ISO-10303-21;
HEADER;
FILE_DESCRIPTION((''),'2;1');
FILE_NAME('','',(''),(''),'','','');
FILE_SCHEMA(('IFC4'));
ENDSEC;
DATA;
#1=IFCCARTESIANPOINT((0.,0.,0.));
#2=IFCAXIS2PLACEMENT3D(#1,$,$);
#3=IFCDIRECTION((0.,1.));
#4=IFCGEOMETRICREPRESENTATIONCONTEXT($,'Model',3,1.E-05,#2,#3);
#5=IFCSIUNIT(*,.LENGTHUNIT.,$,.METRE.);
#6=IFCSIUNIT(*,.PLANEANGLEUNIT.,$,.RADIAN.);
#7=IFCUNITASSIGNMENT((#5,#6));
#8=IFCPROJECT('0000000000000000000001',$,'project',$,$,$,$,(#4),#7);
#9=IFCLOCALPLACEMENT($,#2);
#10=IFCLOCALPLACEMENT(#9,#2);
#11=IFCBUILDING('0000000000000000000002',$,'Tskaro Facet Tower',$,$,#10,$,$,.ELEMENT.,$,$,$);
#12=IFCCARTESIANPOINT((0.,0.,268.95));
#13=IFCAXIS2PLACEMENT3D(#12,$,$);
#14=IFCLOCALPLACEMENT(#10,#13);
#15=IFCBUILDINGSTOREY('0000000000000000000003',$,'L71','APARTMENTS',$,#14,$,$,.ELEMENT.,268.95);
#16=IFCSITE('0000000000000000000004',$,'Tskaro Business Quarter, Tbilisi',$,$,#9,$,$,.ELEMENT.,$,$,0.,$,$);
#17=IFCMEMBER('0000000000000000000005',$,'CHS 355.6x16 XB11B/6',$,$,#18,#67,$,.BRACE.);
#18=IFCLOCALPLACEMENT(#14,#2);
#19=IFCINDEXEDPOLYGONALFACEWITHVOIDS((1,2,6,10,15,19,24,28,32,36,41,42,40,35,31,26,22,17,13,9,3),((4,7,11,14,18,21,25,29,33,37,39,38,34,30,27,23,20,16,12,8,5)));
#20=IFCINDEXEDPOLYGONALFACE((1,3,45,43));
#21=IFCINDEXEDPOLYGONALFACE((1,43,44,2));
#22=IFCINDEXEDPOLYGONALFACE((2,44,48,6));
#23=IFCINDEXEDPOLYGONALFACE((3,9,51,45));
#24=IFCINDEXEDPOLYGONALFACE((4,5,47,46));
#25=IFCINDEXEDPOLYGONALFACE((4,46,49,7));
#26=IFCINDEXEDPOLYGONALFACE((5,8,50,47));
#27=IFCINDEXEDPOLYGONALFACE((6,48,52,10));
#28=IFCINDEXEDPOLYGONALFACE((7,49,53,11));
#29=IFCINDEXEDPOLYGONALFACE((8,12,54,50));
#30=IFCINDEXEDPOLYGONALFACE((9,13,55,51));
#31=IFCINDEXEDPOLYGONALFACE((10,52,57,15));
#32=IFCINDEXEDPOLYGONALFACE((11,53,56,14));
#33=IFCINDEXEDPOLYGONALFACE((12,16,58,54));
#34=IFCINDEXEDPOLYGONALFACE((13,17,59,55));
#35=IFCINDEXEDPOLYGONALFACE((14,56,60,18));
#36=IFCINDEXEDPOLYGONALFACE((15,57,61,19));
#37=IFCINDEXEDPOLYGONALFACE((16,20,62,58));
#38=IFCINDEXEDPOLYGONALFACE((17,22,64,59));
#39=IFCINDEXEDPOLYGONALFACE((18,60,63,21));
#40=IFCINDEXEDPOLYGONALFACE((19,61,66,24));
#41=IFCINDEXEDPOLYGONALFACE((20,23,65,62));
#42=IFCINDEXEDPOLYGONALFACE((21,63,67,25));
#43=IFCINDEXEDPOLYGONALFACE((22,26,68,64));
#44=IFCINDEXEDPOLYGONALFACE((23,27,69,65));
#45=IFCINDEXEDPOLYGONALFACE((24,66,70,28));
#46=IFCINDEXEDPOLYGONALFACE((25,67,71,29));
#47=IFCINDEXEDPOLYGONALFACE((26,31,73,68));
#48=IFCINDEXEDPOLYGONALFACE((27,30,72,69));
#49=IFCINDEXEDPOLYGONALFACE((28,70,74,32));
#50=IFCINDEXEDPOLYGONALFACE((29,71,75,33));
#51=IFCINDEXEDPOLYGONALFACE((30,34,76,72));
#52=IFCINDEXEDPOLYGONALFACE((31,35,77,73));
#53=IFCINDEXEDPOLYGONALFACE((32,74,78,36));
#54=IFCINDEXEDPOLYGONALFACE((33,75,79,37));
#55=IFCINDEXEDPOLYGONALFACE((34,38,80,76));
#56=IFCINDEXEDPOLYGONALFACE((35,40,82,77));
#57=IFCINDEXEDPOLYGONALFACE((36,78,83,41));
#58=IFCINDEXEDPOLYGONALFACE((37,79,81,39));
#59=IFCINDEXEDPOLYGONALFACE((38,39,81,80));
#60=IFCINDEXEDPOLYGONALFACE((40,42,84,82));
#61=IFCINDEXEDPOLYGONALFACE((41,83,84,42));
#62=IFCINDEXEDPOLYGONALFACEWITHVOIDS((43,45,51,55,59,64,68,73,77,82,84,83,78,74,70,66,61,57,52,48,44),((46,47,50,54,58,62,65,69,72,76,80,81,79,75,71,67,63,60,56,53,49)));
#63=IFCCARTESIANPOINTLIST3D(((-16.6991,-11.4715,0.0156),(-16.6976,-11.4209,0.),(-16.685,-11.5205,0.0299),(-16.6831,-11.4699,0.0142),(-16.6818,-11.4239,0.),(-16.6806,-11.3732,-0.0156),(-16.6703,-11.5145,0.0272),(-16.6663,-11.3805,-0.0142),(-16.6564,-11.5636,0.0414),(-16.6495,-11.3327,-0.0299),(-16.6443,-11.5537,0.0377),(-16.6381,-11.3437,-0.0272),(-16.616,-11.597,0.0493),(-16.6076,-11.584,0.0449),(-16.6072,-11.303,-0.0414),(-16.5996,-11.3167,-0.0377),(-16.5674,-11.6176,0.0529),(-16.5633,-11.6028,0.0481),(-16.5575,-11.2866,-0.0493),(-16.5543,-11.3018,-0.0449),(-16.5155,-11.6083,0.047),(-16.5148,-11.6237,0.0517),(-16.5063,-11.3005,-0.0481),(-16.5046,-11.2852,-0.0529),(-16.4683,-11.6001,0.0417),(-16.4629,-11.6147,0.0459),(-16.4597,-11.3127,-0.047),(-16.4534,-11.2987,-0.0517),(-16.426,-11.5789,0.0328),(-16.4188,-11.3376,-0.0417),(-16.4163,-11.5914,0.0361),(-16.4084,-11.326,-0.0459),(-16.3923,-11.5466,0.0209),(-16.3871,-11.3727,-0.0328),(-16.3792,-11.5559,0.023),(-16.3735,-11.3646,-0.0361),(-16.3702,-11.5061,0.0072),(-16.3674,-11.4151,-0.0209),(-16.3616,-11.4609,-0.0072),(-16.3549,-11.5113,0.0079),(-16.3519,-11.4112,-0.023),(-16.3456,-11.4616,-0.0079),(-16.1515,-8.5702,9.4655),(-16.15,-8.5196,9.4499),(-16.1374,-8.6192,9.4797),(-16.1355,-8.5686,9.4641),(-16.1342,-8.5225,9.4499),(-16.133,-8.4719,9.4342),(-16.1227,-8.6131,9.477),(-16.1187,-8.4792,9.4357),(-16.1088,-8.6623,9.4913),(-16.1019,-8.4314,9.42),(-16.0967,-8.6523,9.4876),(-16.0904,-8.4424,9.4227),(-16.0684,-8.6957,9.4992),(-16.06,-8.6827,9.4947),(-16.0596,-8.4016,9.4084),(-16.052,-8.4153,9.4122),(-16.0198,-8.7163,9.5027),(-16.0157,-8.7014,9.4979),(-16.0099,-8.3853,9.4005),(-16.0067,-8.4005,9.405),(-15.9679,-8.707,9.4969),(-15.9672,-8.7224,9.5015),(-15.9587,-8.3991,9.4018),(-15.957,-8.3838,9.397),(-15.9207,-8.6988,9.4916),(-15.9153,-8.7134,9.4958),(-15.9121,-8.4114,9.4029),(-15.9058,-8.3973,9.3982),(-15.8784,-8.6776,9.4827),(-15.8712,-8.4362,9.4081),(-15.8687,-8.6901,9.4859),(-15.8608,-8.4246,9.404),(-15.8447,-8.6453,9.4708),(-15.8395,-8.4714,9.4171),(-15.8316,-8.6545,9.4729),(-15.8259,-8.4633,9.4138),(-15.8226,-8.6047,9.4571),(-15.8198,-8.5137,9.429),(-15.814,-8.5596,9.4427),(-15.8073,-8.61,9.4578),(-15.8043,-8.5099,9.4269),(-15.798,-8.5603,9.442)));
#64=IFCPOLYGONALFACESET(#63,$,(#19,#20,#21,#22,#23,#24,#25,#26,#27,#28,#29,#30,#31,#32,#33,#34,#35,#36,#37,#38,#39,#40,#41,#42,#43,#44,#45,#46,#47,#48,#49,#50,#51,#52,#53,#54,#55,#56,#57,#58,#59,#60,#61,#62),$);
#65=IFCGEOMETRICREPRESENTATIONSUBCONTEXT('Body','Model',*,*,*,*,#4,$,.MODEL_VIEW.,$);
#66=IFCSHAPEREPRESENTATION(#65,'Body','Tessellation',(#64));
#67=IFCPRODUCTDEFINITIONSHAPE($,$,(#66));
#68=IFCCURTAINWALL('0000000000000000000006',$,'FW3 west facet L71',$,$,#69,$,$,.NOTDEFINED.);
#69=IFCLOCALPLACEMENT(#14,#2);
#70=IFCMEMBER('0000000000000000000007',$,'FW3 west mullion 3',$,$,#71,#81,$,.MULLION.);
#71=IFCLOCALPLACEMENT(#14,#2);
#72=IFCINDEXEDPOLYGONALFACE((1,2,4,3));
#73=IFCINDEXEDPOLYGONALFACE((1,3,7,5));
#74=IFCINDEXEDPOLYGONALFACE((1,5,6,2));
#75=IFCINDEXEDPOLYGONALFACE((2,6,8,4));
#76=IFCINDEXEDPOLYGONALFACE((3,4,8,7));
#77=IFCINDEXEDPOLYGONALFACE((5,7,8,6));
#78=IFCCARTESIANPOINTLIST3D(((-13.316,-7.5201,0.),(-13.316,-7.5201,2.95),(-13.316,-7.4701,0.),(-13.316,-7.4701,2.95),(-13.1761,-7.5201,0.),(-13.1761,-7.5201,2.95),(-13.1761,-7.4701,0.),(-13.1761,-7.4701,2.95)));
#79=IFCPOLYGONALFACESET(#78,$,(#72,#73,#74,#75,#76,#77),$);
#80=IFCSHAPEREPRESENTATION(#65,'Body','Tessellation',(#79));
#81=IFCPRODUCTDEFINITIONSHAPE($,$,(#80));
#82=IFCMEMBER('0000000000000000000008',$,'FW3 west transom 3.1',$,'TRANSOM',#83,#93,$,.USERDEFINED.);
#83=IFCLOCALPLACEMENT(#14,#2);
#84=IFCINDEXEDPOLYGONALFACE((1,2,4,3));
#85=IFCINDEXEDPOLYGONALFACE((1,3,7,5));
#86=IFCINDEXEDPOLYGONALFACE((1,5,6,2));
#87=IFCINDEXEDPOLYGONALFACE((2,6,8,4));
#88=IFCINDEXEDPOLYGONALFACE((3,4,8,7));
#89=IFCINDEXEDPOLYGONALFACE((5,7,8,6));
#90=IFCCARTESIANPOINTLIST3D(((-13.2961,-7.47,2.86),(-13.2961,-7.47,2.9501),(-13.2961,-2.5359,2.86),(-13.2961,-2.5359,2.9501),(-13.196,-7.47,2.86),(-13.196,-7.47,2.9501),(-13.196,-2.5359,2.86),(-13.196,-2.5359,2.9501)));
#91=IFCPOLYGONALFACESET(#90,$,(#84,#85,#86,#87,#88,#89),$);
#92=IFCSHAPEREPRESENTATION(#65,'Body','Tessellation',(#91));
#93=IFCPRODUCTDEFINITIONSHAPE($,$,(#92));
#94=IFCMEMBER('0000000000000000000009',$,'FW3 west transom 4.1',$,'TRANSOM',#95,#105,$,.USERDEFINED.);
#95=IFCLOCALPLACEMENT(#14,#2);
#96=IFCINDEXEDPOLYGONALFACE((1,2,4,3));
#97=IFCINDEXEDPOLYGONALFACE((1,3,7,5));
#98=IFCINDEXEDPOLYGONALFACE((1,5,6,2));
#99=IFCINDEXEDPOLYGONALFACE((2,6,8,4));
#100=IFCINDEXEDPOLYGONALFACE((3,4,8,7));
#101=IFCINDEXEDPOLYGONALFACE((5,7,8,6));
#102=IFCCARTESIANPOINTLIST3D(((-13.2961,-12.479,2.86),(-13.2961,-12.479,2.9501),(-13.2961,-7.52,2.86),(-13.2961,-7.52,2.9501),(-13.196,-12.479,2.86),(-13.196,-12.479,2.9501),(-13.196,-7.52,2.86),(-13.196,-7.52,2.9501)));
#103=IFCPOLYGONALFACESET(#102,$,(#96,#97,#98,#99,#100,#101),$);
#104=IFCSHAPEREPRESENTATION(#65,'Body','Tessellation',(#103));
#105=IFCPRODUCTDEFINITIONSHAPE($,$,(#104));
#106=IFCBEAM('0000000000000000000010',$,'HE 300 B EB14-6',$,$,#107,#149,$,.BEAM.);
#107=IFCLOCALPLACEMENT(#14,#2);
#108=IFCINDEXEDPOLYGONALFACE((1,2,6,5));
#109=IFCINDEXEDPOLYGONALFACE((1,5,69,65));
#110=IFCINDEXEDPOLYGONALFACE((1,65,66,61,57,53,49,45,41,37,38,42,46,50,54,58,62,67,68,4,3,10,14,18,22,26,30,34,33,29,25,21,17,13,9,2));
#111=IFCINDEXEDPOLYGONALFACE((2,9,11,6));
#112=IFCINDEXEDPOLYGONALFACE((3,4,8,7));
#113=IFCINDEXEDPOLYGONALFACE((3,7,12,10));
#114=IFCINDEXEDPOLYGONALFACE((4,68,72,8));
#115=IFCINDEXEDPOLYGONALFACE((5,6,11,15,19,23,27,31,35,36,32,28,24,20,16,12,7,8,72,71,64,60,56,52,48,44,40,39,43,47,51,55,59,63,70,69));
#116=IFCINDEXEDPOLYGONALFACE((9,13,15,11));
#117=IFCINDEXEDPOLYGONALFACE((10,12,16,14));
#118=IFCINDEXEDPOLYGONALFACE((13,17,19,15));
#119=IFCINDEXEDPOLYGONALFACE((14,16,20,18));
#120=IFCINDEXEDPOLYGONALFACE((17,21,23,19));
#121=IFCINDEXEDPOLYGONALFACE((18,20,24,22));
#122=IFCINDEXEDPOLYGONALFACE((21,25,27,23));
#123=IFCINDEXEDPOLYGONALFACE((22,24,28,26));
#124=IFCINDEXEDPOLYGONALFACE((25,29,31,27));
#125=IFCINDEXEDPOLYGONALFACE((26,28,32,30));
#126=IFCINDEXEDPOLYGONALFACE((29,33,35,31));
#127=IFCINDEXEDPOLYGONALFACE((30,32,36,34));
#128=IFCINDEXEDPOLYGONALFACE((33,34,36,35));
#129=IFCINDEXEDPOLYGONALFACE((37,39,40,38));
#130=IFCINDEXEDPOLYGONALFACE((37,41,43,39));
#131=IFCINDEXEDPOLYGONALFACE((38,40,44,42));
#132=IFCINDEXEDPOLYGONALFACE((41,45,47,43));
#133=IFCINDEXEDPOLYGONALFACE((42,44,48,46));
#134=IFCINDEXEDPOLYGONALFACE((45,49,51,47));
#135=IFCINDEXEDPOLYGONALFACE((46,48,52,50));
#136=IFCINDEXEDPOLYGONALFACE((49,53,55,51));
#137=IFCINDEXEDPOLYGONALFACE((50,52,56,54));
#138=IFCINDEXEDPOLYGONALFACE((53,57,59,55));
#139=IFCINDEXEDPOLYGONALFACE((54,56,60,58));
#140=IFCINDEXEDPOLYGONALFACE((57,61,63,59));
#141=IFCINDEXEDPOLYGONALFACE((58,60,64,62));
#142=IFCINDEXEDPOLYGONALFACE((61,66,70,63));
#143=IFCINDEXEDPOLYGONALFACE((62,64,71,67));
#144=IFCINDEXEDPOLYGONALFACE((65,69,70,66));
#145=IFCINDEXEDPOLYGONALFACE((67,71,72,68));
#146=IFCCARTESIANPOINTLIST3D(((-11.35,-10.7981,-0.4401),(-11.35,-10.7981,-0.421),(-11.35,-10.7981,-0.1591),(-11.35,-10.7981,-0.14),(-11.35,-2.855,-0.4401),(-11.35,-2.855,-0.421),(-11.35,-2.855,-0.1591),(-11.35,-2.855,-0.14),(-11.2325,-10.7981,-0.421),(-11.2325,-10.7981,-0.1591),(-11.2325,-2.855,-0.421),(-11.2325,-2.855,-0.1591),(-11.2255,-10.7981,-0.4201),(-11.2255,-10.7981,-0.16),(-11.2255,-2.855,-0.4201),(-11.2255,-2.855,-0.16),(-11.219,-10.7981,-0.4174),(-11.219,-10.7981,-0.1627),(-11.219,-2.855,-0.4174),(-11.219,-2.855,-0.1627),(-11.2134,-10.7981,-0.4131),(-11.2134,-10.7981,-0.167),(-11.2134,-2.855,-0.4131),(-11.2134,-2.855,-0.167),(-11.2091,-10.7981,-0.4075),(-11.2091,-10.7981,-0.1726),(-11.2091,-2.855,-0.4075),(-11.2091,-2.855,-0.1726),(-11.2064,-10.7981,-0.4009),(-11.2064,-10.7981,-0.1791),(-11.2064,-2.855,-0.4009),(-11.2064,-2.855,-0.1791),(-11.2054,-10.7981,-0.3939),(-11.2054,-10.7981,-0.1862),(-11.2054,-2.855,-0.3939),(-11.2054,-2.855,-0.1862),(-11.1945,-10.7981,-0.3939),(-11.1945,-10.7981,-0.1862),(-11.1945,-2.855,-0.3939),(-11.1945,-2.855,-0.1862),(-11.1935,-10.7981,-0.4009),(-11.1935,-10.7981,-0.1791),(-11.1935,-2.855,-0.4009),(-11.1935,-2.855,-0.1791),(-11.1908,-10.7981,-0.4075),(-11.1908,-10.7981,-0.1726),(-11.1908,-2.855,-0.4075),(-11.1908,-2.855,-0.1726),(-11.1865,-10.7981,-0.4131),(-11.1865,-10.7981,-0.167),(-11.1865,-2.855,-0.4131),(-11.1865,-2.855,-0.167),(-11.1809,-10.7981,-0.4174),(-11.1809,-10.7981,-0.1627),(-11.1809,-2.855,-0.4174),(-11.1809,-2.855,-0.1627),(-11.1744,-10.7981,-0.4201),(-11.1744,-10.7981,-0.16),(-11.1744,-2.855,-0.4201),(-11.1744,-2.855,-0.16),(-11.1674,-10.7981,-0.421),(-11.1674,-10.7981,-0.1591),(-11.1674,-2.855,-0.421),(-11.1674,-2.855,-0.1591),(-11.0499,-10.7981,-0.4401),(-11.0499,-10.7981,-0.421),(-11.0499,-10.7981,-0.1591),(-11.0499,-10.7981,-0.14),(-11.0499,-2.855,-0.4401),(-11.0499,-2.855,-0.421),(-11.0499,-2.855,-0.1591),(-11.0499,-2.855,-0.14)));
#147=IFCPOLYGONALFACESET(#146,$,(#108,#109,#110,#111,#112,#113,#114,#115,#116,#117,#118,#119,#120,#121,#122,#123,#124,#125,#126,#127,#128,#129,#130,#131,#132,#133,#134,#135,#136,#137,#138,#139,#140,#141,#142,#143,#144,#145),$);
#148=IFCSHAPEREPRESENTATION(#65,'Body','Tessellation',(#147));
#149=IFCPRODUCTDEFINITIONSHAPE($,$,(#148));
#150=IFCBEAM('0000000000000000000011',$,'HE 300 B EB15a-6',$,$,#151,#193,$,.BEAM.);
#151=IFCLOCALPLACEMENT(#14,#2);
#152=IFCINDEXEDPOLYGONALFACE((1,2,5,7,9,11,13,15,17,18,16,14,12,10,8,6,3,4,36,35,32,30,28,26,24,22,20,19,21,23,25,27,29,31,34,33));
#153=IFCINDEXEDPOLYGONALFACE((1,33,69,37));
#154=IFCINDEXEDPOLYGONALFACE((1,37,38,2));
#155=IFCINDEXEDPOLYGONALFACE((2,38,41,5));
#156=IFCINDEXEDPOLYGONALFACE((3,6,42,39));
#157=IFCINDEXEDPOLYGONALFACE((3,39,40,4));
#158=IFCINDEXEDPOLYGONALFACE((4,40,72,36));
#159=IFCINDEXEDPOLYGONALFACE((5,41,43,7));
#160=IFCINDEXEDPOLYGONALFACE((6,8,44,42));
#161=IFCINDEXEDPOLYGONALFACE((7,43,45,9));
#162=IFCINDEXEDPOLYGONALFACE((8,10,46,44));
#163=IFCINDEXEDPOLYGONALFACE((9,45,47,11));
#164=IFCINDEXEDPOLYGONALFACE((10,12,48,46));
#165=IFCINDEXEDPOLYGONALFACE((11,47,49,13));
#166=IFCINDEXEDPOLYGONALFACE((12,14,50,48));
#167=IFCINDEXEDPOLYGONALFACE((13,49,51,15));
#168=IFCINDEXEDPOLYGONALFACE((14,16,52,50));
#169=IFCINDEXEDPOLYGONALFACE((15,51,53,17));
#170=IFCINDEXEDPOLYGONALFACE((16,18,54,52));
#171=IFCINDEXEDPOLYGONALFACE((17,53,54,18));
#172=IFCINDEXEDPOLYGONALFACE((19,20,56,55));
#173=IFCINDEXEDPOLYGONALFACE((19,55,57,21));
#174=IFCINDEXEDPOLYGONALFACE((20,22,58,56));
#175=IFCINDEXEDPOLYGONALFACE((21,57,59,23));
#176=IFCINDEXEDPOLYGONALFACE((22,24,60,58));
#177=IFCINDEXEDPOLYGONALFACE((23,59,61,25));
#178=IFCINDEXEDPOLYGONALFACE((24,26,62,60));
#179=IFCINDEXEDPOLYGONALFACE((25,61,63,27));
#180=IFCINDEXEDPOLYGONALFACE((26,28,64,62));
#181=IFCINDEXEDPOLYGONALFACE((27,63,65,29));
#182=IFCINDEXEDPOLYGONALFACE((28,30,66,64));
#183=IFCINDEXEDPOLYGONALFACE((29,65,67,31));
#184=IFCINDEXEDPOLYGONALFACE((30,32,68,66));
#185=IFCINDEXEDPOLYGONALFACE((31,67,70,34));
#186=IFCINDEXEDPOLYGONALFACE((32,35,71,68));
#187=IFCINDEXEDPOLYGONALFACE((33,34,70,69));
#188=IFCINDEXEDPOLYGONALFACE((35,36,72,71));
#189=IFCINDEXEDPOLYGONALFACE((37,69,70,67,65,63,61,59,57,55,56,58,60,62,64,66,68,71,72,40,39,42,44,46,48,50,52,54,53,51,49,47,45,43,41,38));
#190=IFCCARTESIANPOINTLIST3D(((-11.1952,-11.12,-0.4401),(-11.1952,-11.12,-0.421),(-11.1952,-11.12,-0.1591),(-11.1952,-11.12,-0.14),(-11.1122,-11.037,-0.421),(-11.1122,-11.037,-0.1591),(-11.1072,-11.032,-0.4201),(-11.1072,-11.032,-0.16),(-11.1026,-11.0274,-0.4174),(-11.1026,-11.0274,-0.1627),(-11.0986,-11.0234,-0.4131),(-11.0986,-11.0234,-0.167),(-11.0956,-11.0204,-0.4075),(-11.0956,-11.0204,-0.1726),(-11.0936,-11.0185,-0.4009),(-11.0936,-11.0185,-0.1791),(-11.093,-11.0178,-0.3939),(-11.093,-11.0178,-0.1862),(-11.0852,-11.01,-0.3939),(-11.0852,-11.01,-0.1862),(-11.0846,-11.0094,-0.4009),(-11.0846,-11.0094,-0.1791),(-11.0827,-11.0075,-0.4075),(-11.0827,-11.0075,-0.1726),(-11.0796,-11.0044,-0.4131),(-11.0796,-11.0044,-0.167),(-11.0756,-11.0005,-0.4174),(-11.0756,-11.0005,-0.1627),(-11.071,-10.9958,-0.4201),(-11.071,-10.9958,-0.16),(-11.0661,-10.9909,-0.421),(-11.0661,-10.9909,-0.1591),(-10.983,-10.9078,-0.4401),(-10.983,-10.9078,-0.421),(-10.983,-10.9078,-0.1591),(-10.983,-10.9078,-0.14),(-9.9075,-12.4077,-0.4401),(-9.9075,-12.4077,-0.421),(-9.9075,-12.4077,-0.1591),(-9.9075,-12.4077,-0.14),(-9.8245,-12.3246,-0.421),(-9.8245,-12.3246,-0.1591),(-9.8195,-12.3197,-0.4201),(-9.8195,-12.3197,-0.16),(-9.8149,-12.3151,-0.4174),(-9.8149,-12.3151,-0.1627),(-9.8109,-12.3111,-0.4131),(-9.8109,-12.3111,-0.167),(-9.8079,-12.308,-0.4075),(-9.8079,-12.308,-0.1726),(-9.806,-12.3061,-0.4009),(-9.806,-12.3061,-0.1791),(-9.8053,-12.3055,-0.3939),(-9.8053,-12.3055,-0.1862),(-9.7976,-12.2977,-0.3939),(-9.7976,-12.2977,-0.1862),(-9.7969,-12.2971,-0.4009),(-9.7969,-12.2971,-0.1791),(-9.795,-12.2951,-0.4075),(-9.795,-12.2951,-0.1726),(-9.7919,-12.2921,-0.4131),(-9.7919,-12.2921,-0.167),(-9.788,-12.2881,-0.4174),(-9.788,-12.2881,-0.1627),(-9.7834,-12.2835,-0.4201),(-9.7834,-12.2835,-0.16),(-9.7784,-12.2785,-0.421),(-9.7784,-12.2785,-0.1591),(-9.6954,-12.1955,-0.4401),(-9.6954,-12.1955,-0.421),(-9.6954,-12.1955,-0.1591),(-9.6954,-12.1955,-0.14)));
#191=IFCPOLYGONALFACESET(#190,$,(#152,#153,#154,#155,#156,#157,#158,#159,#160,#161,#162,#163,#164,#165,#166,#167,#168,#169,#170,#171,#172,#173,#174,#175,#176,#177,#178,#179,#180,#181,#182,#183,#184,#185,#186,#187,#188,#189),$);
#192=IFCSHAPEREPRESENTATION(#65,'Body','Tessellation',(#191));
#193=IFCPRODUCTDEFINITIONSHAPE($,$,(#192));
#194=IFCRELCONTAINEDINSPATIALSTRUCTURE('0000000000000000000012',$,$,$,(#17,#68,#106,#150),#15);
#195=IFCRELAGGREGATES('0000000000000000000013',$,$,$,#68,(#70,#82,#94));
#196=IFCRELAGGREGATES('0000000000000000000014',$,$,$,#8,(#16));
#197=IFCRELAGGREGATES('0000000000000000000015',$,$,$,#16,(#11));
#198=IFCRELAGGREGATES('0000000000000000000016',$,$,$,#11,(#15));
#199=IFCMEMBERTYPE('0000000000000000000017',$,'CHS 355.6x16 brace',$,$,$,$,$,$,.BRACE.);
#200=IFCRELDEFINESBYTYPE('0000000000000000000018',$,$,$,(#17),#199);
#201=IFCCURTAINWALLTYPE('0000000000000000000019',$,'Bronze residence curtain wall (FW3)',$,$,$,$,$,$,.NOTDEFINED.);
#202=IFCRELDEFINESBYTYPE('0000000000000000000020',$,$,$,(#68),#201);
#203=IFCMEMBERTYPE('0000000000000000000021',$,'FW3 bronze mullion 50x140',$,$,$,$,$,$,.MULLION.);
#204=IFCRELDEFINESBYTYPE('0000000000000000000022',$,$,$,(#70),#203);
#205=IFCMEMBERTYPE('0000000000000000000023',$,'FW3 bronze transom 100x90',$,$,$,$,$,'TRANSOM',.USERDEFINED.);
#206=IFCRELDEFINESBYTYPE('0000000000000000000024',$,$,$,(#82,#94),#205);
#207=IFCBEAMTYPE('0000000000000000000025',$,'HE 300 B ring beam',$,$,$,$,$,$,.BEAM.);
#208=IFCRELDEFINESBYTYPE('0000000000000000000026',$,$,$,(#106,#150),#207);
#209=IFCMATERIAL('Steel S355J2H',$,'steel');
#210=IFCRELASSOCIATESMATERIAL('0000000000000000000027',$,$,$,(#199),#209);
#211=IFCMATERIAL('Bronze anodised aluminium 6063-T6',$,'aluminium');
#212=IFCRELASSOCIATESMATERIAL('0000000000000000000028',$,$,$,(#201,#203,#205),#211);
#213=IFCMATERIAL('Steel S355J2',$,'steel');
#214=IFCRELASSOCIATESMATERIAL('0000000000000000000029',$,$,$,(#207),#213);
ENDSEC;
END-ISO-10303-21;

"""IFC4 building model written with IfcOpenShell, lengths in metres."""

from ifc_helpers import new_model, si_unit, direction, frame, origin, origin_2d, place, context, subcontext, project, spatial, rectangle, hollow_circle, i_section, extrude, material, material_profile, profile_set, type_object, element, aggregate, save


model = new_model("IFC4")

# Units and contexts
model_context = context("Model", 3, precision=1e-05, world=origin(), true_north=direction((0.0, 1.0)))
body_context = subcontext(model_context, "Body", "Model", "MODEL_VIEW")
ifc_project = project(units=[si_unit("LENGTHUNIT", "METRE"), si_unit("PLANEANGLEUNIT", "RADIAN")], contexts=[model_context])

# Site, building, storey
site_placement = place(None, origin())
site = spatial("IfcSite", under=ifc_project, at=site_placement, Name="Tskaro Business Quarter, Tbilisi", CompositionType="ELEMENT", RefElevation=0.0)
building_placement = place(site_placement, origin())
building = spatial("IfcBuilding", under=site, at=building_placement, Name="Tskaro Facet Tower", CompositionType="ELEMENT")
storey_placement = place(building_placement, frame((0.0, 0.0, 268.95)))
storey = spatial("IfcBuildingStorey", under=building, at=storey_placement, Name="L71", Description="APARTMENTS", CompositionType="ELEMENT", Elevation=268.95)

# Shared definitions
ifc_material_1 = material(Name="Steel S355J2H", Category="steel")

# Member
ifc_material_profile_1 = material_profile(ifc_material_1, hollow_circle(Radius=0.1777, WallThickness=0.0161, at=origin_2d()), Name="CHS 355.6x16")
ifc_profile_set_1 = profile_set([ifc_material_profile_1], Name="Steel S355J2H")
member_type_1 = type_object("IfcMemberType", Name="CHS 355.6x16 brace", PredefinedType="BRACE", material=ifc_profile_set_1)
member_1_placement = place(storey_placement, frame((-16.5229, -11.4539, 0.0), z_axis=(0.055311, 0.293053, 0.954495), x_axis=(-0.982651, 0.185467, 0.0)))
element("IfcMember", 1, at=member_1_placement, inside=storey, type_object=member_type_1, Name="CHS 355.6x16 XB11B/6", PredefinedType="BRACE", context=body_context, shape_type="SweptSolid", body=[
    extrude(hollow_circle(Radius=0.1777, WallThickness=0.0161, at=origin_2d()), origin(), (0.0, 0.0, 1.0), 9.9004),
])

# Curtain wall, members
ifc_material_2 = material(Name="Bronze anodised aluminium 6063-T6", Category="aluminium")
curtain_wall_type = type_object("IfcCurtainWallType", Name="Bronze residence curtain wall (FW3)", PredefinedType="NOTDEFINED", material=ifc_material_2)
curtain_wall_placement = place(storey_placement, origin())
curtain_wall = element("IfcCurtainWall", 2, at=curtain_wall_placement, inside=storey, type_object=curtain_wall_type, Name="FW3 west facet L71", PredefinedType="NOTDEFINED")
ifc_material_profile_2 = material_profile(ifc_material_2, rectangle(XDim=0.05, YDim=0.1399, at=origin_2d()), Name="Mullion 50x140")
ifc_profile_set_2 = profile_set([ifc_material_profile_2], Name="Bronze anodised aluminium 6063-T6")
member_type_2 = type_object("IfcMemberType", Name="FW3 bronze mullion 50x140", PredefinedType="MULLION", material=ifc_profile_set_2)
member_2_placement = place(storey_placement, frame((-13.2461, -7.4951, 0.0), z_axis=(0.0, 0.0, 1.0), x_axis=(0.0, -1.0, 0.0)))
member_2 = element("IfcMember", 3, at=member_2_placement, type_object=member_type_2, Name="FW3 west mullion 3", PredefinedType="MULLION", context=body_context, shape_type="SweptSolid", body=[
    extrude(rectangle(XDim=0.05, YDim=0.1399, at=origin_2d()), origin(), (0.0, 0.0, 1.0), 2.95),
])
ifc_material_profile_3 = material_profile(ifc_material_2, rectangle(XDim=0.1001, YDim=0.0901, at=origin_2d()), Name="Transom 100x90")
ifc_profile_set_3 = profile_set([ifc_material_profile_3], Name="Bronze anodised aluminium 6063-T6")
member_type_3 = type_object("IfcMemberType", Name="FW3 bronze transom 100x90", ElementType="TRANSOM", PredefinedType="USERDEFINED", material=ifc_profile_set_3)
member_3_placement = place(storey_placement, frame((-13.2461, -2.5359, 2.905), z_axis=(0.0, -1.0, 0.0), x_axis=(1.0, 0.0, 0.0)))
member_3 = element("IfcMember", 4, at=member_3_placement, type_object=member_type_3, Name="FW3 west transom 3.1", ObjectType="TRANSOM", PredefinedType="USERDEFINED", context=body_context, shape_type="SweptSolid", body=[
    extrude(rectangle(XDim=0.1001, YDim=0.0901, at=origin_2d()), origin(), (0.0, 0.0, 1.0), 4.9341),
])
member_4_placement = place(storey_placement, frame((-13.2461, -7.52, 2.905), z_axis=(0.0, -1.0, 0.0), x_axis=(1.0, 0.0, 0.0)))
member_4 = element("IfcMember", 5, at=member_4_placement, type_object=member_type_3, Name="FW3 west transom 4.1", ObjectType="TRANSOM", PredefinedType="USERDEFINED", context=body_context, shape_type="SweptSolid", body=[
    extrude(rectangle(XDim=0.1001, YDim=0.0901, at=origin_2d()), origin(), (0.0, 0.0, 1.0), 4.959),
])

# Beams
ifc_material_3 = material(Name="Steel S355J2", Category="steel")
ifc_material_profile_4 = material_profile(ifc_material_3, i_section(OverallWidth=0.3, OverallDepth=0.3, WebThickness=0.011, FlangeThickness=0.019, FilletRadius=0.0271, at=origin_2d()), Name="HE 300 B")
ifc_profile_set_4 = profile_set([ifc_material_profile_4], Name="Steel S355J2")
beam_type_1 = type_object("IfcBeamType", Name="HE 300 B ring beam", PredefinedType="BEAM", material=ifc_profile_set_4)
beam_1_placement = place(storey_placement, frame((-11.2, -2.855, -0.29), z_axis=(0.0, -1.0, 0.0), x_axis=(1.0, 0.0, 0.0)))
element("IfcBeam", 6, at=beam_1_placement, inside=storey, type_object=beam_type_1, Name="HE 300 B EB14-6", PredefinedType="BEAM", context=body_context, shape_type="SweptSolid", body=[
    extrude(i_section(OverallWidth=0.3, OverallDepth=0.3, WebThickness=0.011, FlangeThickness=0.019, FilletRadius=0.0271, at=origin_2d()), origin(), (0.0, 0.0, 1.0), 7.9431),
])
beam_2_placement = place(storey_placement, frame((-11.0891, -11.0139, -0.29), z_axis=(0.707107, -0.707107, 0.0), x_axis=(0.707107, 0.707107, 0.0)))
element("IfcBeam", 7, at=beam_2_placement, inside=storey, type_object=beam_type_1, Name="HE 300 B EB15a-6", PredefinedType="BEAM", context=body_context, shape_type="SweptSolid", body=[
    extrude(i_section(OverallWidth=0.3, OverallDepth=0.3, WebThickness=0.011, FlangeThickness=0.019, FilletRadius=0.0271, at=origin_2d()), origin(), (0.0, 0.0, 1.0), 1.821),
])

aggregate(curtain_wall, [member_2, member_3, member_4])

save(model, "model.ifc")
